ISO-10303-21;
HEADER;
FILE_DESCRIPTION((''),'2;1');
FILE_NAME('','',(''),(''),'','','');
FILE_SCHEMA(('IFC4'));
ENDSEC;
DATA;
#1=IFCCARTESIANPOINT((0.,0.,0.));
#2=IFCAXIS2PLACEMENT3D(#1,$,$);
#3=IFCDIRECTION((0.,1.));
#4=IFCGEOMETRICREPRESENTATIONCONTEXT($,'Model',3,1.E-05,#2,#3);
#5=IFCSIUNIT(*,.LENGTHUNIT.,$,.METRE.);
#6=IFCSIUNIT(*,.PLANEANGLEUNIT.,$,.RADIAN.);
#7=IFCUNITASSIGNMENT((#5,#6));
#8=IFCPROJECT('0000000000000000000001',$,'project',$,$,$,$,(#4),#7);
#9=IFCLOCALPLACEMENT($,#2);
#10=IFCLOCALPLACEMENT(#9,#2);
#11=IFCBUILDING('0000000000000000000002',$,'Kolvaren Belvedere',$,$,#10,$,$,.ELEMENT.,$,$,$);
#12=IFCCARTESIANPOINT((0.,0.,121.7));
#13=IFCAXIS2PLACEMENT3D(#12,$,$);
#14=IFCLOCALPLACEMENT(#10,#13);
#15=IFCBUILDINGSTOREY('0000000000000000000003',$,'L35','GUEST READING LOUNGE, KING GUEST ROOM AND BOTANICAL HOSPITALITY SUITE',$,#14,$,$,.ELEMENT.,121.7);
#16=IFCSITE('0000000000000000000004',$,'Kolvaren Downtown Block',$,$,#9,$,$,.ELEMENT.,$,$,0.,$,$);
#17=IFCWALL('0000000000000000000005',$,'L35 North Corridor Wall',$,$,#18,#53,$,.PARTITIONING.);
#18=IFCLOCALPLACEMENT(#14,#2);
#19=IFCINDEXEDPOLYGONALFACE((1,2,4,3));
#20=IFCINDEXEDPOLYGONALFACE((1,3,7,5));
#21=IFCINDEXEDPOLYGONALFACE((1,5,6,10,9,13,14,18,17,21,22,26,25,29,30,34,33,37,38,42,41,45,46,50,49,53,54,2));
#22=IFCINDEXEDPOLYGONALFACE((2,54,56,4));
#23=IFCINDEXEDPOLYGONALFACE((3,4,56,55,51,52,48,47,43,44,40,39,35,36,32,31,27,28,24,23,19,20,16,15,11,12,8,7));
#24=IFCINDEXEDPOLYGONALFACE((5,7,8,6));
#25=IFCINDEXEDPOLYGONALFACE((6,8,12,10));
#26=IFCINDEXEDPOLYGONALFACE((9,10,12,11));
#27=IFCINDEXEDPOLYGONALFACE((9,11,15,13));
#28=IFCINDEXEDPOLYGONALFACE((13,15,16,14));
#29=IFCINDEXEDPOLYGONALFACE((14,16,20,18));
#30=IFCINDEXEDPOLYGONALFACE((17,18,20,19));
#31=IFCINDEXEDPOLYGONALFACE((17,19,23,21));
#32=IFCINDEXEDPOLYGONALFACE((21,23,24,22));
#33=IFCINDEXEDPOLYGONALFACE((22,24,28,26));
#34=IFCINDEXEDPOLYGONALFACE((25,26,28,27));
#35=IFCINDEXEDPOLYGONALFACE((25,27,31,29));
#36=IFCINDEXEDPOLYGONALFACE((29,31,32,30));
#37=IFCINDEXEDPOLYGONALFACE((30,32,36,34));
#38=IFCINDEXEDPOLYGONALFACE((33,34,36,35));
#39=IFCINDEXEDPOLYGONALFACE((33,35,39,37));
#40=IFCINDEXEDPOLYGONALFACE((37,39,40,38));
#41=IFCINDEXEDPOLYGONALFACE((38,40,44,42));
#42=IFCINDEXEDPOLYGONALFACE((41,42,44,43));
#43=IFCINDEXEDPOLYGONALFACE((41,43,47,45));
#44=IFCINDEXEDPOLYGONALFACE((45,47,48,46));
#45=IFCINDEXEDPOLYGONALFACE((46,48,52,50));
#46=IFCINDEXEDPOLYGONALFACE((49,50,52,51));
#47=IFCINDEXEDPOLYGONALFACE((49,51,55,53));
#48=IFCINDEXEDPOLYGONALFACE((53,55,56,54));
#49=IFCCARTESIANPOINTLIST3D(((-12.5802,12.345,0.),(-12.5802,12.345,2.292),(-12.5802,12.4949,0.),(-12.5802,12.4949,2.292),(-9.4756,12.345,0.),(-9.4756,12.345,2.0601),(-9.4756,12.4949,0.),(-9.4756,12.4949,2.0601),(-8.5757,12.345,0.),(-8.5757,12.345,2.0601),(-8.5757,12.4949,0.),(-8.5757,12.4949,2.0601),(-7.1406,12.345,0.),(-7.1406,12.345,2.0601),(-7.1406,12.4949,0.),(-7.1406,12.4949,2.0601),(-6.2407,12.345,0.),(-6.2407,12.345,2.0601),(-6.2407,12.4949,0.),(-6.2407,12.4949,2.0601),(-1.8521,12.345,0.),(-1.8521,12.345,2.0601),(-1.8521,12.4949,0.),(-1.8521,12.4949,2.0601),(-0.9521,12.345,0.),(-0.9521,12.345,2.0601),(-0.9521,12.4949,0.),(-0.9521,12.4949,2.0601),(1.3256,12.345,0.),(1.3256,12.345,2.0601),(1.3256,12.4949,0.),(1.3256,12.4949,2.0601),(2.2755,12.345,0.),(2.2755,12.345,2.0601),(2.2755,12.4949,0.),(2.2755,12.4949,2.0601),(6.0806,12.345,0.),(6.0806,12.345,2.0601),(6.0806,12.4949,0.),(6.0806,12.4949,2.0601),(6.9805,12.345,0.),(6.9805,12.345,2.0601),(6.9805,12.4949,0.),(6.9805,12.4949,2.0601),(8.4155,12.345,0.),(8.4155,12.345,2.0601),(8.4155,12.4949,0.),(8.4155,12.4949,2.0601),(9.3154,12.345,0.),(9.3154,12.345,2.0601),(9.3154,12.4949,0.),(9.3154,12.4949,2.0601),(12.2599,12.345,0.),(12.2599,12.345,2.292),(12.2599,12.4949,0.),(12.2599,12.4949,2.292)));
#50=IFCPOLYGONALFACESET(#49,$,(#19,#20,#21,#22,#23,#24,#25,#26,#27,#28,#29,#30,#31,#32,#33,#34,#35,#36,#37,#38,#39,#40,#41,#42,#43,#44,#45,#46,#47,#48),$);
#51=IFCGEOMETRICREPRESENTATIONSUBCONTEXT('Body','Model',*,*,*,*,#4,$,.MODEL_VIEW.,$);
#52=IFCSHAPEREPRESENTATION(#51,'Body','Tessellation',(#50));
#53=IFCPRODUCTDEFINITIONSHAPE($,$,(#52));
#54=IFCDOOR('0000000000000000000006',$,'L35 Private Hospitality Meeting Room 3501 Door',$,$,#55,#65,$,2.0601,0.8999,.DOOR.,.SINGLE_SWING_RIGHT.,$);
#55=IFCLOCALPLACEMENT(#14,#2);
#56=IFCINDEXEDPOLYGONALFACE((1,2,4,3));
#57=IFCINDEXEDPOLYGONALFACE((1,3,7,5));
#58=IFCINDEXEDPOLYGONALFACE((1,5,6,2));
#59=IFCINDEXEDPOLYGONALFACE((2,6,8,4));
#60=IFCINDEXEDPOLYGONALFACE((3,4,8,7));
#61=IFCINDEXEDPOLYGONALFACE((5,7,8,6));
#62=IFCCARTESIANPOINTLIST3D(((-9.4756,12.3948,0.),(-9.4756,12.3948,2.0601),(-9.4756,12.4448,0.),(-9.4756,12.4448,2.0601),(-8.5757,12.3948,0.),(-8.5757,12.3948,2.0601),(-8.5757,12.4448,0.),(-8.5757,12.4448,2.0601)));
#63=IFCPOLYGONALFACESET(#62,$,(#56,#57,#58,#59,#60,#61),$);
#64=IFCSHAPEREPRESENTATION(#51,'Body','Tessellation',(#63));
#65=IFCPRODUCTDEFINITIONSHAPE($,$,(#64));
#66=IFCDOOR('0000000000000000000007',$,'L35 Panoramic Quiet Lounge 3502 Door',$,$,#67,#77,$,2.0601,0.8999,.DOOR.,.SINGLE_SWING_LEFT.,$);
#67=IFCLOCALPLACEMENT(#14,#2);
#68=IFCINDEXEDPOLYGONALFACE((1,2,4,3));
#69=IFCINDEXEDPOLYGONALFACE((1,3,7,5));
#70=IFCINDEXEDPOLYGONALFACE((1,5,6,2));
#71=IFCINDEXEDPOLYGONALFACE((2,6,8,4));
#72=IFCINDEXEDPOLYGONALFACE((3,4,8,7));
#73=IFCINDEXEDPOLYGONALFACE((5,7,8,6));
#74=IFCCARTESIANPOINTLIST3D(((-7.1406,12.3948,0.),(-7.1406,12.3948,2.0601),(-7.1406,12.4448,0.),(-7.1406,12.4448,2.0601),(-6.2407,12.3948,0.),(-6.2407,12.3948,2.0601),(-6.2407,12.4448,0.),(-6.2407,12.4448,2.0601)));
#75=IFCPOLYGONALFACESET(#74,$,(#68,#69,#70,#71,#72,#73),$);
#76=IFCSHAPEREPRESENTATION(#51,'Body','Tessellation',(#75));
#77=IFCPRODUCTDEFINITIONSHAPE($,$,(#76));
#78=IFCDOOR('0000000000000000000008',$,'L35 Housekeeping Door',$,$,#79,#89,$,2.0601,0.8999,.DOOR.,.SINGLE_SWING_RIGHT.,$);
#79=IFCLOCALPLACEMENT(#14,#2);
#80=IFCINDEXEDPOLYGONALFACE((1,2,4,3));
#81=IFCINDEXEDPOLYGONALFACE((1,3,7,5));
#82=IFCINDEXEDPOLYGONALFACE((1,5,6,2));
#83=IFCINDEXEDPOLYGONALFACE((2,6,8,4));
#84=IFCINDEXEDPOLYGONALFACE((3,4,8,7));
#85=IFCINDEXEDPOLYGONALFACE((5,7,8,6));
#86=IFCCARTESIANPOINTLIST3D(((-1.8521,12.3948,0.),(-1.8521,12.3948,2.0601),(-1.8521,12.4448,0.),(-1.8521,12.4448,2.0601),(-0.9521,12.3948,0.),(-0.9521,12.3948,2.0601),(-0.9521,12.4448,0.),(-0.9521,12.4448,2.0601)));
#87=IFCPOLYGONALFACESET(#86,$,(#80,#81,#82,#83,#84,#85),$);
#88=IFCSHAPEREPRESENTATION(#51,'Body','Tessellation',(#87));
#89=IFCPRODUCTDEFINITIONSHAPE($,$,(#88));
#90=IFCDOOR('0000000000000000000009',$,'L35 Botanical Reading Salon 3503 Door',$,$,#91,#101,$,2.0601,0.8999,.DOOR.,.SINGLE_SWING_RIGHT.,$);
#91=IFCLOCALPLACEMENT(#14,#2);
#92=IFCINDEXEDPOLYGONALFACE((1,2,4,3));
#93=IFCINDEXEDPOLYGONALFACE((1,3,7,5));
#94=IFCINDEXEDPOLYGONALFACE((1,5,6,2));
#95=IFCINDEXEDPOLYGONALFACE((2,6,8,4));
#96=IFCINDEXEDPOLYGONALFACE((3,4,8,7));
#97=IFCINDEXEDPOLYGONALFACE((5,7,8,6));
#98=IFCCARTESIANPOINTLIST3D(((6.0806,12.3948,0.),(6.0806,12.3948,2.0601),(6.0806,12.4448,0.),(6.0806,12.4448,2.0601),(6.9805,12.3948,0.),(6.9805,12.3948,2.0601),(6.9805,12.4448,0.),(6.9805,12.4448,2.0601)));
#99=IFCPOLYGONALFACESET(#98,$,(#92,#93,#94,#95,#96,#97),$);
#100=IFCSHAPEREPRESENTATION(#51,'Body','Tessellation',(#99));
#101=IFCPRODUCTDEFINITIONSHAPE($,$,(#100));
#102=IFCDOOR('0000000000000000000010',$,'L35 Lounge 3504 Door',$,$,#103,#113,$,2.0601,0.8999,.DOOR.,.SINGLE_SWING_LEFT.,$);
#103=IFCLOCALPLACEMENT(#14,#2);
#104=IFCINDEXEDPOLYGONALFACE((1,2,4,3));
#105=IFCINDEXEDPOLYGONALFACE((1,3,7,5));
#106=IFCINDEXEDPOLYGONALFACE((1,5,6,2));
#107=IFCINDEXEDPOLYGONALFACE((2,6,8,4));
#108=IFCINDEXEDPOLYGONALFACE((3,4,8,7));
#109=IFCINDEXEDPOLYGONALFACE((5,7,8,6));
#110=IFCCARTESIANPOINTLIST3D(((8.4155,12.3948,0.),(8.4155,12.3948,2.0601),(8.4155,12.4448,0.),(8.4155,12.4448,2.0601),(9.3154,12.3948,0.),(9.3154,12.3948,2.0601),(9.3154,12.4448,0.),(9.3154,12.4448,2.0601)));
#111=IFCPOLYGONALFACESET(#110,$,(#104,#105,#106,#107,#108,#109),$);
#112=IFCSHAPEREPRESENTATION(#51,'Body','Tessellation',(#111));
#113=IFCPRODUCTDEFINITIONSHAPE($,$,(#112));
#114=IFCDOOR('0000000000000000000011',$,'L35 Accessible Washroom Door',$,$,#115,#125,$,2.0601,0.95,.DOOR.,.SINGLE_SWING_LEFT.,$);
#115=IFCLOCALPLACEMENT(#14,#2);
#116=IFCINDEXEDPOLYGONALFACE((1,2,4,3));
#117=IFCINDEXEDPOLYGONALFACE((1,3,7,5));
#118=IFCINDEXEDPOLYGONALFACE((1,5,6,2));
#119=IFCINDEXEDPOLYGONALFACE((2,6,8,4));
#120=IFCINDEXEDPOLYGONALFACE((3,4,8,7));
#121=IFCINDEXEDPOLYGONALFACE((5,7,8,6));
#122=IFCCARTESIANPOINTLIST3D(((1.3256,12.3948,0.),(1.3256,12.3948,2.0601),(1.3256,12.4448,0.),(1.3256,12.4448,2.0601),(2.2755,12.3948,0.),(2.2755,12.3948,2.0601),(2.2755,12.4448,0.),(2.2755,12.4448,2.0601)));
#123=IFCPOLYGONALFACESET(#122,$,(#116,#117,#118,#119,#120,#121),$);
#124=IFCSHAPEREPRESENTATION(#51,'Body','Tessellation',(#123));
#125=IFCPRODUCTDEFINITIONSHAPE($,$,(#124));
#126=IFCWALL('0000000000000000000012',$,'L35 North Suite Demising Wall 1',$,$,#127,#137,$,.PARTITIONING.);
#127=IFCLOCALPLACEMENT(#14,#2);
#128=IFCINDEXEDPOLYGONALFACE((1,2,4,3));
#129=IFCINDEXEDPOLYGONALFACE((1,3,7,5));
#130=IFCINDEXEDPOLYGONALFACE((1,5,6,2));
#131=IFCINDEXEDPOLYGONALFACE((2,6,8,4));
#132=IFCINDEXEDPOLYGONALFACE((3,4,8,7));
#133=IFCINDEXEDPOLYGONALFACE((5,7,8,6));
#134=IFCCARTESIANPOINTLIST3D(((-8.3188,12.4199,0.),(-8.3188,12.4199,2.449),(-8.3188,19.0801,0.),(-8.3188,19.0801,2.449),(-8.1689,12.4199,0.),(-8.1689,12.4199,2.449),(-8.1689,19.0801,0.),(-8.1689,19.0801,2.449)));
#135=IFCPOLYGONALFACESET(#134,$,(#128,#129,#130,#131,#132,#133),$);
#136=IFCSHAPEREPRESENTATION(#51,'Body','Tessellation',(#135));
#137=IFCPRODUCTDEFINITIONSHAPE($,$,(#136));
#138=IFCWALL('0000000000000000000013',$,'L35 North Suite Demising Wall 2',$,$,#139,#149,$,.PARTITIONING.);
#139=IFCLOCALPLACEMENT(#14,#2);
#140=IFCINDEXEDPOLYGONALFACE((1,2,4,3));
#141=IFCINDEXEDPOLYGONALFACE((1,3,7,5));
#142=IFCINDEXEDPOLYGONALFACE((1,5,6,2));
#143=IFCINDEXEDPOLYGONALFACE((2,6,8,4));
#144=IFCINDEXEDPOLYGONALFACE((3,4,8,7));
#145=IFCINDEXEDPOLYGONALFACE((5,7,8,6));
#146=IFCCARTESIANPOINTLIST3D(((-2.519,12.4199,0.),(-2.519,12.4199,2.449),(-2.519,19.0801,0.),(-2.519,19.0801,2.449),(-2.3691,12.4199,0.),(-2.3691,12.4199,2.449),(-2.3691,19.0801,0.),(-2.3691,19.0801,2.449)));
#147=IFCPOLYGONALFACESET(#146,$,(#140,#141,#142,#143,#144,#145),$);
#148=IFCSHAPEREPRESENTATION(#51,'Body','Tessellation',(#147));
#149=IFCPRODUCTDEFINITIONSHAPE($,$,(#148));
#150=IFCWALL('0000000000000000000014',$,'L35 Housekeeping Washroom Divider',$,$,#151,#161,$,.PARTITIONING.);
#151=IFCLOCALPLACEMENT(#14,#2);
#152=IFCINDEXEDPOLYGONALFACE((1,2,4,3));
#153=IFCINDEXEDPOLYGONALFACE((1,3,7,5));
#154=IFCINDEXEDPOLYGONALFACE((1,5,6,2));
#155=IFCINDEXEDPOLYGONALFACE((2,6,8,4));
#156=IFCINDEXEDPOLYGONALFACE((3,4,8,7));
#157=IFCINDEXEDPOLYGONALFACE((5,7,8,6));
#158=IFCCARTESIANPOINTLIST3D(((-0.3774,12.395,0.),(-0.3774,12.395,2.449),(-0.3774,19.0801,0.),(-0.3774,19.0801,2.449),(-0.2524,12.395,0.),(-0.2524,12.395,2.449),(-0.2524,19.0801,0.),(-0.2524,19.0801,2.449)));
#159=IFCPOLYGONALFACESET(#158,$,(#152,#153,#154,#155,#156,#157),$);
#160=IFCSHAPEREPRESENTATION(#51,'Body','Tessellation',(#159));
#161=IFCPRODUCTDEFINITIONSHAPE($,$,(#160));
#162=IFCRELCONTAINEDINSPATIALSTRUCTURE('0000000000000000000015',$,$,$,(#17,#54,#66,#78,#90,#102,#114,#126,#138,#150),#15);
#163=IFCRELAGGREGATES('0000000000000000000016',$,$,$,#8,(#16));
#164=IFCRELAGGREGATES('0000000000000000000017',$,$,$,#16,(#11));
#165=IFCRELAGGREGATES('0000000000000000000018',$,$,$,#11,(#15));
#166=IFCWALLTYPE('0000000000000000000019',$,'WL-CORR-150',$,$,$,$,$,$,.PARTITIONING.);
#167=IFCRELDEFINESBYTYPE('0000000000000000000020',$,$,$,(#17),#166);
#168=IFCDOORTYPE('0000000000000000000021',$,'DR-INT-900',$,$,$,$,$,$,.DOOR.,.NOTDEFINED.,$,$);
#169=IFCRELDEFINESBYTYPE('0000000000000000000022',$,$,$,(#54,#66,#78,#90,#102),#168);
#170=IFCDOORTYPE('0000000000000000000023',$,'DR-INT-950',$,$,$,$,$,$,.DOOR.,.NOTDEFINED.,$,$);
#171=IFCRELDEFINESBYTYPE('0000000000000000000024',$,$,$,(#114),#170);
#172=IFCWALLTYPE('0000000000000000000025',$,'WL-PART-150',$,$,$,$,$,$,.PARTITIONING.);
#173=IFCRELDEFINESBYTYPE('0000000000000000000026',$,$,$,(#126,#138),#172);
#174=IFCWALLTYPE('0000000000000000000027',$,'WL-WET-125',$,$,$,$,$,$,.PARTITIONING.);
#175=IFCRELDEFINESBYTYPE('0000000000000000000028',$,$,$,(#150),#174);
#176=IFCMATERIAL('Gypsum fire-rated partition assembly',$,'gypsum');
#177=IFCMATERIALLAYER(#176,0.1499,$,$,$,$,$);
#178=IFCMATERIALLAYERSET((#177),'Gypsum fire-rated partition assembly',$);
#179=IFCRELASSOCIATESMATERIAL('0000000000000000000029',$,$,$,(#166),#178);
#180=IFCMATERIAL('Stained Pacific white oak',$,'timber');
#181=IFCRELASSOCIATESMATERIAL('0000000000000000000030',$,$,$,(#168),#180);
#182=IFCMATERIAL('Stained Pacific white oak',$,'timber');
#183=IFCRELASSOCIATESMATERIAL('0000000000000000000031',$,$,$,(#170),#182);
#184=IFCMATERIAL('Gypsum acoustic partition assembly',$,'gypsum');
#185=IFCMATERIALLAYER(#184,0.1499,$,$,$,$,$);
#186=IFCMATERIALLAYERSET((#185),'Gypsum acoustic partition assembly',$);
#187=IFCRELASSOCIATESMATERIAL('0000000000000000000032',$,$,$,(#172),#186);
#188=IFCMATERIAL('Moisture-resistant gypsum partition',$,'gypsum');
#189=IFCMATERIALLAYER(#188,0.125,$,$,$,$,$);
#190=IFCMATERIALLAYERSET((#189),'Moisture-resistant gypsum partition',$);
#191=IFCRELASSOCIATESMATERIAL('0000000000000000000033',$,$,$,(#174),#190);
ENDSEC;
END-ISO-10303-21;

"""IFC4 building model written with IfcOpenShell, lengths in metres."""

from ifc_helpers import new_model, si_unit, direction, frame, frame_2d, origin, place, context, subcontext, project, spatial, rectangle, extrude, material, layer, layer_set, type_object, element, fill, save


model = new_model("IFC4")

# Units and contexts
model_context = context("Model", 3, precision=1e-05, world=origin(), true_north=direction((0.0, 1.0)))
body_context = subcontext(model_context, "Body", "Model", "MODEL_VIEW")
ifc_project = project(units=[si_unit("LENGTHUNIT", "METRE"), si_unit("PLANEANGLEUNIT", "RADIAN")], contexts=[model_context])

# Site, building, storey
site_placement = place(None, origin())
site = spatial("IfcSite", under=ifc_project, at=site_placement, Name="Kolvaren Downtown Block", CompositionType="ELEMENT", RefElevation=0.0)
building_placement = place(site_placement, origin())
building = spatial("IfcBuilding", under=site, at=building_placement, Name="Kolvaren Belvedere", CompositionType="ELEMENT")
storey_placement = place(building_placement, frame((0.0, 0.0, 121.7)))
storey = spatial("IfcBuildingStorey", under=building, at=storey_placement, Name="L35", Description="GUEST READING LOUNGE, KING GUEST ROOM AND BOTANICAL HOSPITALITY SUITE", CompositionType="ELEMENT", Elevation=121.7)

# Wall, openings, doors
ifc_material_1 = material(Name="Gypsum fire-rated partition assembly", Category="gypsum")
ifc_layer_1 = layer(ifc_material_1, 0.1499)
ifc_layer_set_1 = layer_set([ifc_layer_1], Name="Gypsum fire-rated partition assembly")
wall_type_1 = type_object("IfcWallType", Name="WL-CORR-150", PredefinedType="PARTITIONING", material=ifc_layer_set_1)
wall_1_placement = place(storey_placement, frame((-12.5801, 12.4199, 0.0), z_axis=(0.0, 0.0, 1.0), x_axis=(1.0, 0.0, 0.0)))
wall_1 = element("IfcWall", 1, at=wall_1_placement, inside=storey, type_object=wall_type_1, Name="L35 North Corridor Wall", PredefinedType="PARTITIONING", context=body_context, shape_type="SweptSolid", body=[
    extrude(rectangle(XDim=24.8401, YDim=0.1499, at=frame_2d((12.4199, 0.0))), origin(), (0.0, 0.0, 1.0), 2.292),
])
opening_1_placement = place(wall_1_placement, frame((3.1045, 0.0, 0.0)))
opening_1 = element("IfcOpeningElement", 2, at=opening_1_placement, cuts=wall_1, PredefinedType="OPENING", context=body_context, shape_type="SweptSolid", body=[
    extrude(rectangle(XDim=0.8999, YDim=2.0601, at=frame_2d((0.45, 1.03))), frame((0.0, 0.085, 0.0), z_axis=(0.0, -1.0, 0.0), x_axis=(1.0, 0.0, 0.0)), (0.0, 0.0, 1.0), 0.1699),
])
opening_2_placement = place(wall_1_placement, frame((5.4395, 0.0, 0.0)))
opening_2 = element("IfcOpeningElement", 3, at=opening_2_placement, cuts=wall_1, PredefinedType="OPENING", context=body_context, shape_type="SweptSolid", body=[
    extrude(rectangle(XDim=0.8999, YDim=2.0601, at=frame_2d((0.45, 1.03))), frame((0.0, 0.085, 0.0), z_axis=(0.0, -1.0, 0.0), x_axis=(1.0, 0.0, 0.0)), (0.0, 0.0, 1.0), 0.1699),
])
opening_3_placement = place(wall_1_placement, frame((10.728, 0.0, 0.0)))
opening_3 = element("IfcOpeningElement", 4, at=opening_3_placement, cuts=wall_1, PredefinedType="OPENING", context=body_context, shape_type="SweptSolid", body=[
    extrude(rectangle(XDim=0.8999, YDim=2.0601, at=frame_2d((0.45, 1.03))), frame((0.0, 0.085, 0.0), z_axis=(0.0, -1.0, 0.0), x_axis=(1.0, 0.0, 0.0)), (0.0, 0.0, 1.0), 0.1699),
])
opening_4_placement = place(wall_1_placement, frame((13.9055, 0.0, 0.0)))
opening_4 = element("IfcOpeningElement", 5, at=opening_4_placement, cuts=wall_1, PredefinedType="OPENING", context=body_context, shape_type="SweptSolid", body=[
    extrude(rectangle(XDim=0.95, YDim=2.0601, at=frame_2d((0.4751, 1.03))), frame((0.0, 0.085, 0.0), z_axis=(0.0, -1.0, 0.0), x_axis=(1.0, 0.0, 0.0)), (0.0, 0.0, 1.0), 0.1699),
])
opening_5_placement = place(wall_1_placement, frame((18.6606, 0.0, 0.0)))
opening_5 = element("IfcOpeningElement", 6, at=opening_5_placement, cuts=wall_1, PredefinedType="OPENING", context=body_context, shape_type="SweptSolid", body=[
    extrude(rectangle(XDim=0.8999, YDim=2.0601, at=frame_2d((0.45, 1.03))), frame((0.0, 0.085, 0.0), z_axis=(0.0, -1.0, 0.0), x_axis=(1.0, 0.0, 0.0)), (0.0, 0.0, 1.0), 0.1699),
])
opening_6_placement = place(wall_1_placement, frame((20.9956, 0.0, 0.0)))
opening_6 = element("IfcOpeningElement", 7, at=opening_6_placement, cuts=wall_1, PredefinedType="OPENING", context=body_context, shape_type="SweptSolid", body=[
    extrude(rectangle(XDim=0.8999, YDim=2.0601, at=frame_2d((0.45, 1.03))), frame((0.0, 0.085, 0.0), z_axis=(0.0, -1.0, 0.0), x_axis=(1.0, 0.0, 0.0)), (0.0, 0.0, 1.0), 0.1699),
])
ifc_material_2 = material(Name="Stained Pacific white oak", Category="timber")
door_type_1 = type_object("IfcDoorType", Name="DR-INT-900", OperationType="NOTDEFINED", PredefinedType="DOOR", material=ifc_material_2)
door_1_placement = place(opening_1_placement, origin())
door_1 = element("IfcDoor", 8, at=door_1_placement, inside=storey, type_object=door_type_1, Name="L35 Private Hospitality Meeting Room 3501 Door", OperationType="SINGLE_SWING_RIGHT", OverallHeight=2.0601, OverallWidth=0.8999, PredefinedType="DOOR", context=body_context, shape_type="SweptSolid", body=[
    extrude(rectangle(XDim=0.8999, YDim=2.0601, at=frame_2d((0.45, 1.03))), frame((0.0, 0.0249, 0.0), z_axis=(0.0, -1.0, 0.0), x_axis=(1.0, 0.0, 0.0)), (0.0, 0.0, 1.0), 0.05),
])
fill(opening_1, door_1)
door_2_placement = place(opening_2_placement, origin())
door_2 = element("IfcDoor", 9, at=door_2_placement, inside=storey, type_object=door_type_1, Name="L35 Panoramic Quiet Lounge 3502 Door", OperationType="SINGLE_SWING_LEFT", OverallHeight=2.0601, OverallWidth=0.8999, PredefinedType="DOOR", context=body_context, shape_type="SweptSolid", body=[
    extrude(rectangle(XDim=0.8999, YDim=2.0601, at=frame_2d((0.45, 1.03))), frame((0.0, 0.0249, 0.0), z_axis=(0.0, -1.0, 0.0), x_axis=(1.0, 0.0, 0.0)), (0.0, 0.0, 1.0), 0.05),
])
fill(opening_2, door_2)
door_3_placement = place(opening_3_placement, origin())
door_3 = element("IfcDoor", 10, at=door_3_placement, inside=storey, type_object=door_type_1, Name="L35 Housekeeping Door", OperationType="SINGLE_SWING_RIGHT", OverallHeight=2.0601, OverallWidth=0.8999, PredefinedType="DOOR", context=body_context, shape_type="SweptSolid", body=[
    extrude(rectangle(XDim=0.8999, YDim=2.0601, at=frame_2d((0.45, 1.03))), frame((0.0, 0.0249, 0.0), z_axis=(0.0, -1.0, 0.0), x_axis=(1.0, 0.0, 0.0)), (0.0, 0.0, 1.0), 0.05),
])
fill(opening_3, door_3)
door_4_placement = place(opening_5_placement, origin())
door_4 = element("IfcDoor", 11, at=door_4_placement, inside=storey, type_object=door_type_1, Name="L35 Botanical Reading Salon 3503 Door", OperationType="SINGLE_SWING_RIGHT", OverallHeight=2.0601, OverallWidth=0.8999, PredefinedType="DOOR", context=body_context, shape_type="SweptSolid", body=[
    extrude(rectangle(XDim=0.8999, YDim=2.0601, at=frame_2d((0.45, 1.03))), frame((0.0, 0.0249, 0.0), z_axis=(0.0, -1.0, 0.0), x_axis=(1.0, 0.0, 0.0)), (0.0, 0.0, 1.0), 0.05),
])
fill(opening_5, door_4)
door_5_placement = place(opening_6_placement, origin())
door_5 = element("IfcDoor", 12, at=door_5_placement, inside=storey, type_object=door_type_1, Name="L35 Lounge 3504 Door", OperationType="SINGLE_SWING_LEFT", OverallHeight=2.0601, OverallWidth=0.8999, PredefinedType="DOOR", context=body_context, shape_type="SweptSolid", body=[
    extrude(rectangle(XDim=0.8999, YDim=2.0601, at=frame_2d((0.45, 1.03))), frame((0.0, 0.0249, 0.0), z_axis=(0.0, -1.0, 0.0), x_axis=(1.0, 0.0, 0.0)), (0.0, 0.0, 1.0), 0.05),
])
fill(opening_6, door_5)
ifc_material_3 = material(Name="Stained Pacific white oak", Category="timber")
door_type_2 = type_object("IfcDoorType", Name="DR-INT-950", OperationType="NOTDEFINED", PredefinedType="DOOR", material=ifc_material_3)
door_6_placement = place(opening_4_placement, origin())
door_6 = element("IfcDoor", 13, at=door_6_placement, inside=storey, type_object=door_type_2, Name="L35 Accessible Washroom Door", OperationType="SINGLE_SWING_LEFT", OverallHeight=2.0601, OverallWidth=0.95, PredefinedType="DOOR", context=body_context, shape_type="SweptSolid", body=[
    extrude(rectangle(XDim=0.95, YDim=2.0601, at=frame_2d((0.4751, 1.03))), frame((0.0, 0.0249, 0.0), z_axis=(0.0, -1.0, 0.0), x_axis=(1.0, 0.0, 0.0)), (0.0, 0.0, 1.0), 0.05),
])
fill(opening_4, door_6)

# Walls
ifc_material_4 = material(Name="Gypsum acoustic partition assembly", Category="gypsum")
ifc_layer_2 = layer(ifc_material_4, 0.1499)
ifc_layer_set_2 = layer_set([ifc_layer_2], Name="Gypsum acoustic partition assembly")
wall_type_2 = type_object("IfcWallType", Name="WL-PART-150", PredefinedType="PARTITIONING", material=ifc_layer_set_2)
for number, where, z_axis, x_axis, name in (
    (14, (-8.2439, 12.4199, 0.0), (0.0, 0.0, 1.0), (0.0, 1.0, 0.0), "L35 North Suite Demising Wall 1"),
    (15, (-2.4441, 12.4199, 0.0), (0.0, 0.0, 1.0), (0.0, 1.0, 0.0), "L35 North Suite Demising Wall 2"),
):
    element("IfcWall", number, at=place(storey_placement, frame(where, z_axis=z_axis, x_axis=x_axis)), inside=storey, type_object=wall_type_2, Name=name, PredefinedType="PARTITIONING", context=body_context, shape_type="SweptSolid", body=[
        extrude(rectangle(XDim=6.6602, YDim=0.1499, at=frame_2d((3.3301, 0.0))), origin(), (0.0, 0.0, 1.0), 2.449),
    ])
ifc_material_5 = material(Name="Moisture-resistant gypsum partition", Category="gypsum")
ifc_layer_3 = layer(ifc_material_5, 0.125)
ifc_layer_set_3 = layer_set([ifc_layer_3], Name="Moisture-resistant gypsum partition")
wall_type_3 = type_object("IfcWallType", Name="WL-WET-125", PredefinedType="PARTITIONING", material=ifc_layer_set_3)
wall_2_placement = place(storey_placement, frame((-0.3149, 12.395, 0.0), z_axis=(0.0, 0.0, 1.0), x_axis=(0.0, 1.0, 0.0)))
element("IfcWall", 16, at=wall_2_placement, inside=storey, type_object=wall_type_3, Name="L35 Housekeeping Washroom Divider", PredefinedType="PARTITIONING", context=body_context, shape_type="SweptSolid", body=[
    extrude(rectangle(XDim=6.6851, YDim=0.125, at=frame_2d((3.3425, 0.0))), origin(), (0.0, 0.0, 1.0), 2.449),
])

save(model, "model.ifc")
